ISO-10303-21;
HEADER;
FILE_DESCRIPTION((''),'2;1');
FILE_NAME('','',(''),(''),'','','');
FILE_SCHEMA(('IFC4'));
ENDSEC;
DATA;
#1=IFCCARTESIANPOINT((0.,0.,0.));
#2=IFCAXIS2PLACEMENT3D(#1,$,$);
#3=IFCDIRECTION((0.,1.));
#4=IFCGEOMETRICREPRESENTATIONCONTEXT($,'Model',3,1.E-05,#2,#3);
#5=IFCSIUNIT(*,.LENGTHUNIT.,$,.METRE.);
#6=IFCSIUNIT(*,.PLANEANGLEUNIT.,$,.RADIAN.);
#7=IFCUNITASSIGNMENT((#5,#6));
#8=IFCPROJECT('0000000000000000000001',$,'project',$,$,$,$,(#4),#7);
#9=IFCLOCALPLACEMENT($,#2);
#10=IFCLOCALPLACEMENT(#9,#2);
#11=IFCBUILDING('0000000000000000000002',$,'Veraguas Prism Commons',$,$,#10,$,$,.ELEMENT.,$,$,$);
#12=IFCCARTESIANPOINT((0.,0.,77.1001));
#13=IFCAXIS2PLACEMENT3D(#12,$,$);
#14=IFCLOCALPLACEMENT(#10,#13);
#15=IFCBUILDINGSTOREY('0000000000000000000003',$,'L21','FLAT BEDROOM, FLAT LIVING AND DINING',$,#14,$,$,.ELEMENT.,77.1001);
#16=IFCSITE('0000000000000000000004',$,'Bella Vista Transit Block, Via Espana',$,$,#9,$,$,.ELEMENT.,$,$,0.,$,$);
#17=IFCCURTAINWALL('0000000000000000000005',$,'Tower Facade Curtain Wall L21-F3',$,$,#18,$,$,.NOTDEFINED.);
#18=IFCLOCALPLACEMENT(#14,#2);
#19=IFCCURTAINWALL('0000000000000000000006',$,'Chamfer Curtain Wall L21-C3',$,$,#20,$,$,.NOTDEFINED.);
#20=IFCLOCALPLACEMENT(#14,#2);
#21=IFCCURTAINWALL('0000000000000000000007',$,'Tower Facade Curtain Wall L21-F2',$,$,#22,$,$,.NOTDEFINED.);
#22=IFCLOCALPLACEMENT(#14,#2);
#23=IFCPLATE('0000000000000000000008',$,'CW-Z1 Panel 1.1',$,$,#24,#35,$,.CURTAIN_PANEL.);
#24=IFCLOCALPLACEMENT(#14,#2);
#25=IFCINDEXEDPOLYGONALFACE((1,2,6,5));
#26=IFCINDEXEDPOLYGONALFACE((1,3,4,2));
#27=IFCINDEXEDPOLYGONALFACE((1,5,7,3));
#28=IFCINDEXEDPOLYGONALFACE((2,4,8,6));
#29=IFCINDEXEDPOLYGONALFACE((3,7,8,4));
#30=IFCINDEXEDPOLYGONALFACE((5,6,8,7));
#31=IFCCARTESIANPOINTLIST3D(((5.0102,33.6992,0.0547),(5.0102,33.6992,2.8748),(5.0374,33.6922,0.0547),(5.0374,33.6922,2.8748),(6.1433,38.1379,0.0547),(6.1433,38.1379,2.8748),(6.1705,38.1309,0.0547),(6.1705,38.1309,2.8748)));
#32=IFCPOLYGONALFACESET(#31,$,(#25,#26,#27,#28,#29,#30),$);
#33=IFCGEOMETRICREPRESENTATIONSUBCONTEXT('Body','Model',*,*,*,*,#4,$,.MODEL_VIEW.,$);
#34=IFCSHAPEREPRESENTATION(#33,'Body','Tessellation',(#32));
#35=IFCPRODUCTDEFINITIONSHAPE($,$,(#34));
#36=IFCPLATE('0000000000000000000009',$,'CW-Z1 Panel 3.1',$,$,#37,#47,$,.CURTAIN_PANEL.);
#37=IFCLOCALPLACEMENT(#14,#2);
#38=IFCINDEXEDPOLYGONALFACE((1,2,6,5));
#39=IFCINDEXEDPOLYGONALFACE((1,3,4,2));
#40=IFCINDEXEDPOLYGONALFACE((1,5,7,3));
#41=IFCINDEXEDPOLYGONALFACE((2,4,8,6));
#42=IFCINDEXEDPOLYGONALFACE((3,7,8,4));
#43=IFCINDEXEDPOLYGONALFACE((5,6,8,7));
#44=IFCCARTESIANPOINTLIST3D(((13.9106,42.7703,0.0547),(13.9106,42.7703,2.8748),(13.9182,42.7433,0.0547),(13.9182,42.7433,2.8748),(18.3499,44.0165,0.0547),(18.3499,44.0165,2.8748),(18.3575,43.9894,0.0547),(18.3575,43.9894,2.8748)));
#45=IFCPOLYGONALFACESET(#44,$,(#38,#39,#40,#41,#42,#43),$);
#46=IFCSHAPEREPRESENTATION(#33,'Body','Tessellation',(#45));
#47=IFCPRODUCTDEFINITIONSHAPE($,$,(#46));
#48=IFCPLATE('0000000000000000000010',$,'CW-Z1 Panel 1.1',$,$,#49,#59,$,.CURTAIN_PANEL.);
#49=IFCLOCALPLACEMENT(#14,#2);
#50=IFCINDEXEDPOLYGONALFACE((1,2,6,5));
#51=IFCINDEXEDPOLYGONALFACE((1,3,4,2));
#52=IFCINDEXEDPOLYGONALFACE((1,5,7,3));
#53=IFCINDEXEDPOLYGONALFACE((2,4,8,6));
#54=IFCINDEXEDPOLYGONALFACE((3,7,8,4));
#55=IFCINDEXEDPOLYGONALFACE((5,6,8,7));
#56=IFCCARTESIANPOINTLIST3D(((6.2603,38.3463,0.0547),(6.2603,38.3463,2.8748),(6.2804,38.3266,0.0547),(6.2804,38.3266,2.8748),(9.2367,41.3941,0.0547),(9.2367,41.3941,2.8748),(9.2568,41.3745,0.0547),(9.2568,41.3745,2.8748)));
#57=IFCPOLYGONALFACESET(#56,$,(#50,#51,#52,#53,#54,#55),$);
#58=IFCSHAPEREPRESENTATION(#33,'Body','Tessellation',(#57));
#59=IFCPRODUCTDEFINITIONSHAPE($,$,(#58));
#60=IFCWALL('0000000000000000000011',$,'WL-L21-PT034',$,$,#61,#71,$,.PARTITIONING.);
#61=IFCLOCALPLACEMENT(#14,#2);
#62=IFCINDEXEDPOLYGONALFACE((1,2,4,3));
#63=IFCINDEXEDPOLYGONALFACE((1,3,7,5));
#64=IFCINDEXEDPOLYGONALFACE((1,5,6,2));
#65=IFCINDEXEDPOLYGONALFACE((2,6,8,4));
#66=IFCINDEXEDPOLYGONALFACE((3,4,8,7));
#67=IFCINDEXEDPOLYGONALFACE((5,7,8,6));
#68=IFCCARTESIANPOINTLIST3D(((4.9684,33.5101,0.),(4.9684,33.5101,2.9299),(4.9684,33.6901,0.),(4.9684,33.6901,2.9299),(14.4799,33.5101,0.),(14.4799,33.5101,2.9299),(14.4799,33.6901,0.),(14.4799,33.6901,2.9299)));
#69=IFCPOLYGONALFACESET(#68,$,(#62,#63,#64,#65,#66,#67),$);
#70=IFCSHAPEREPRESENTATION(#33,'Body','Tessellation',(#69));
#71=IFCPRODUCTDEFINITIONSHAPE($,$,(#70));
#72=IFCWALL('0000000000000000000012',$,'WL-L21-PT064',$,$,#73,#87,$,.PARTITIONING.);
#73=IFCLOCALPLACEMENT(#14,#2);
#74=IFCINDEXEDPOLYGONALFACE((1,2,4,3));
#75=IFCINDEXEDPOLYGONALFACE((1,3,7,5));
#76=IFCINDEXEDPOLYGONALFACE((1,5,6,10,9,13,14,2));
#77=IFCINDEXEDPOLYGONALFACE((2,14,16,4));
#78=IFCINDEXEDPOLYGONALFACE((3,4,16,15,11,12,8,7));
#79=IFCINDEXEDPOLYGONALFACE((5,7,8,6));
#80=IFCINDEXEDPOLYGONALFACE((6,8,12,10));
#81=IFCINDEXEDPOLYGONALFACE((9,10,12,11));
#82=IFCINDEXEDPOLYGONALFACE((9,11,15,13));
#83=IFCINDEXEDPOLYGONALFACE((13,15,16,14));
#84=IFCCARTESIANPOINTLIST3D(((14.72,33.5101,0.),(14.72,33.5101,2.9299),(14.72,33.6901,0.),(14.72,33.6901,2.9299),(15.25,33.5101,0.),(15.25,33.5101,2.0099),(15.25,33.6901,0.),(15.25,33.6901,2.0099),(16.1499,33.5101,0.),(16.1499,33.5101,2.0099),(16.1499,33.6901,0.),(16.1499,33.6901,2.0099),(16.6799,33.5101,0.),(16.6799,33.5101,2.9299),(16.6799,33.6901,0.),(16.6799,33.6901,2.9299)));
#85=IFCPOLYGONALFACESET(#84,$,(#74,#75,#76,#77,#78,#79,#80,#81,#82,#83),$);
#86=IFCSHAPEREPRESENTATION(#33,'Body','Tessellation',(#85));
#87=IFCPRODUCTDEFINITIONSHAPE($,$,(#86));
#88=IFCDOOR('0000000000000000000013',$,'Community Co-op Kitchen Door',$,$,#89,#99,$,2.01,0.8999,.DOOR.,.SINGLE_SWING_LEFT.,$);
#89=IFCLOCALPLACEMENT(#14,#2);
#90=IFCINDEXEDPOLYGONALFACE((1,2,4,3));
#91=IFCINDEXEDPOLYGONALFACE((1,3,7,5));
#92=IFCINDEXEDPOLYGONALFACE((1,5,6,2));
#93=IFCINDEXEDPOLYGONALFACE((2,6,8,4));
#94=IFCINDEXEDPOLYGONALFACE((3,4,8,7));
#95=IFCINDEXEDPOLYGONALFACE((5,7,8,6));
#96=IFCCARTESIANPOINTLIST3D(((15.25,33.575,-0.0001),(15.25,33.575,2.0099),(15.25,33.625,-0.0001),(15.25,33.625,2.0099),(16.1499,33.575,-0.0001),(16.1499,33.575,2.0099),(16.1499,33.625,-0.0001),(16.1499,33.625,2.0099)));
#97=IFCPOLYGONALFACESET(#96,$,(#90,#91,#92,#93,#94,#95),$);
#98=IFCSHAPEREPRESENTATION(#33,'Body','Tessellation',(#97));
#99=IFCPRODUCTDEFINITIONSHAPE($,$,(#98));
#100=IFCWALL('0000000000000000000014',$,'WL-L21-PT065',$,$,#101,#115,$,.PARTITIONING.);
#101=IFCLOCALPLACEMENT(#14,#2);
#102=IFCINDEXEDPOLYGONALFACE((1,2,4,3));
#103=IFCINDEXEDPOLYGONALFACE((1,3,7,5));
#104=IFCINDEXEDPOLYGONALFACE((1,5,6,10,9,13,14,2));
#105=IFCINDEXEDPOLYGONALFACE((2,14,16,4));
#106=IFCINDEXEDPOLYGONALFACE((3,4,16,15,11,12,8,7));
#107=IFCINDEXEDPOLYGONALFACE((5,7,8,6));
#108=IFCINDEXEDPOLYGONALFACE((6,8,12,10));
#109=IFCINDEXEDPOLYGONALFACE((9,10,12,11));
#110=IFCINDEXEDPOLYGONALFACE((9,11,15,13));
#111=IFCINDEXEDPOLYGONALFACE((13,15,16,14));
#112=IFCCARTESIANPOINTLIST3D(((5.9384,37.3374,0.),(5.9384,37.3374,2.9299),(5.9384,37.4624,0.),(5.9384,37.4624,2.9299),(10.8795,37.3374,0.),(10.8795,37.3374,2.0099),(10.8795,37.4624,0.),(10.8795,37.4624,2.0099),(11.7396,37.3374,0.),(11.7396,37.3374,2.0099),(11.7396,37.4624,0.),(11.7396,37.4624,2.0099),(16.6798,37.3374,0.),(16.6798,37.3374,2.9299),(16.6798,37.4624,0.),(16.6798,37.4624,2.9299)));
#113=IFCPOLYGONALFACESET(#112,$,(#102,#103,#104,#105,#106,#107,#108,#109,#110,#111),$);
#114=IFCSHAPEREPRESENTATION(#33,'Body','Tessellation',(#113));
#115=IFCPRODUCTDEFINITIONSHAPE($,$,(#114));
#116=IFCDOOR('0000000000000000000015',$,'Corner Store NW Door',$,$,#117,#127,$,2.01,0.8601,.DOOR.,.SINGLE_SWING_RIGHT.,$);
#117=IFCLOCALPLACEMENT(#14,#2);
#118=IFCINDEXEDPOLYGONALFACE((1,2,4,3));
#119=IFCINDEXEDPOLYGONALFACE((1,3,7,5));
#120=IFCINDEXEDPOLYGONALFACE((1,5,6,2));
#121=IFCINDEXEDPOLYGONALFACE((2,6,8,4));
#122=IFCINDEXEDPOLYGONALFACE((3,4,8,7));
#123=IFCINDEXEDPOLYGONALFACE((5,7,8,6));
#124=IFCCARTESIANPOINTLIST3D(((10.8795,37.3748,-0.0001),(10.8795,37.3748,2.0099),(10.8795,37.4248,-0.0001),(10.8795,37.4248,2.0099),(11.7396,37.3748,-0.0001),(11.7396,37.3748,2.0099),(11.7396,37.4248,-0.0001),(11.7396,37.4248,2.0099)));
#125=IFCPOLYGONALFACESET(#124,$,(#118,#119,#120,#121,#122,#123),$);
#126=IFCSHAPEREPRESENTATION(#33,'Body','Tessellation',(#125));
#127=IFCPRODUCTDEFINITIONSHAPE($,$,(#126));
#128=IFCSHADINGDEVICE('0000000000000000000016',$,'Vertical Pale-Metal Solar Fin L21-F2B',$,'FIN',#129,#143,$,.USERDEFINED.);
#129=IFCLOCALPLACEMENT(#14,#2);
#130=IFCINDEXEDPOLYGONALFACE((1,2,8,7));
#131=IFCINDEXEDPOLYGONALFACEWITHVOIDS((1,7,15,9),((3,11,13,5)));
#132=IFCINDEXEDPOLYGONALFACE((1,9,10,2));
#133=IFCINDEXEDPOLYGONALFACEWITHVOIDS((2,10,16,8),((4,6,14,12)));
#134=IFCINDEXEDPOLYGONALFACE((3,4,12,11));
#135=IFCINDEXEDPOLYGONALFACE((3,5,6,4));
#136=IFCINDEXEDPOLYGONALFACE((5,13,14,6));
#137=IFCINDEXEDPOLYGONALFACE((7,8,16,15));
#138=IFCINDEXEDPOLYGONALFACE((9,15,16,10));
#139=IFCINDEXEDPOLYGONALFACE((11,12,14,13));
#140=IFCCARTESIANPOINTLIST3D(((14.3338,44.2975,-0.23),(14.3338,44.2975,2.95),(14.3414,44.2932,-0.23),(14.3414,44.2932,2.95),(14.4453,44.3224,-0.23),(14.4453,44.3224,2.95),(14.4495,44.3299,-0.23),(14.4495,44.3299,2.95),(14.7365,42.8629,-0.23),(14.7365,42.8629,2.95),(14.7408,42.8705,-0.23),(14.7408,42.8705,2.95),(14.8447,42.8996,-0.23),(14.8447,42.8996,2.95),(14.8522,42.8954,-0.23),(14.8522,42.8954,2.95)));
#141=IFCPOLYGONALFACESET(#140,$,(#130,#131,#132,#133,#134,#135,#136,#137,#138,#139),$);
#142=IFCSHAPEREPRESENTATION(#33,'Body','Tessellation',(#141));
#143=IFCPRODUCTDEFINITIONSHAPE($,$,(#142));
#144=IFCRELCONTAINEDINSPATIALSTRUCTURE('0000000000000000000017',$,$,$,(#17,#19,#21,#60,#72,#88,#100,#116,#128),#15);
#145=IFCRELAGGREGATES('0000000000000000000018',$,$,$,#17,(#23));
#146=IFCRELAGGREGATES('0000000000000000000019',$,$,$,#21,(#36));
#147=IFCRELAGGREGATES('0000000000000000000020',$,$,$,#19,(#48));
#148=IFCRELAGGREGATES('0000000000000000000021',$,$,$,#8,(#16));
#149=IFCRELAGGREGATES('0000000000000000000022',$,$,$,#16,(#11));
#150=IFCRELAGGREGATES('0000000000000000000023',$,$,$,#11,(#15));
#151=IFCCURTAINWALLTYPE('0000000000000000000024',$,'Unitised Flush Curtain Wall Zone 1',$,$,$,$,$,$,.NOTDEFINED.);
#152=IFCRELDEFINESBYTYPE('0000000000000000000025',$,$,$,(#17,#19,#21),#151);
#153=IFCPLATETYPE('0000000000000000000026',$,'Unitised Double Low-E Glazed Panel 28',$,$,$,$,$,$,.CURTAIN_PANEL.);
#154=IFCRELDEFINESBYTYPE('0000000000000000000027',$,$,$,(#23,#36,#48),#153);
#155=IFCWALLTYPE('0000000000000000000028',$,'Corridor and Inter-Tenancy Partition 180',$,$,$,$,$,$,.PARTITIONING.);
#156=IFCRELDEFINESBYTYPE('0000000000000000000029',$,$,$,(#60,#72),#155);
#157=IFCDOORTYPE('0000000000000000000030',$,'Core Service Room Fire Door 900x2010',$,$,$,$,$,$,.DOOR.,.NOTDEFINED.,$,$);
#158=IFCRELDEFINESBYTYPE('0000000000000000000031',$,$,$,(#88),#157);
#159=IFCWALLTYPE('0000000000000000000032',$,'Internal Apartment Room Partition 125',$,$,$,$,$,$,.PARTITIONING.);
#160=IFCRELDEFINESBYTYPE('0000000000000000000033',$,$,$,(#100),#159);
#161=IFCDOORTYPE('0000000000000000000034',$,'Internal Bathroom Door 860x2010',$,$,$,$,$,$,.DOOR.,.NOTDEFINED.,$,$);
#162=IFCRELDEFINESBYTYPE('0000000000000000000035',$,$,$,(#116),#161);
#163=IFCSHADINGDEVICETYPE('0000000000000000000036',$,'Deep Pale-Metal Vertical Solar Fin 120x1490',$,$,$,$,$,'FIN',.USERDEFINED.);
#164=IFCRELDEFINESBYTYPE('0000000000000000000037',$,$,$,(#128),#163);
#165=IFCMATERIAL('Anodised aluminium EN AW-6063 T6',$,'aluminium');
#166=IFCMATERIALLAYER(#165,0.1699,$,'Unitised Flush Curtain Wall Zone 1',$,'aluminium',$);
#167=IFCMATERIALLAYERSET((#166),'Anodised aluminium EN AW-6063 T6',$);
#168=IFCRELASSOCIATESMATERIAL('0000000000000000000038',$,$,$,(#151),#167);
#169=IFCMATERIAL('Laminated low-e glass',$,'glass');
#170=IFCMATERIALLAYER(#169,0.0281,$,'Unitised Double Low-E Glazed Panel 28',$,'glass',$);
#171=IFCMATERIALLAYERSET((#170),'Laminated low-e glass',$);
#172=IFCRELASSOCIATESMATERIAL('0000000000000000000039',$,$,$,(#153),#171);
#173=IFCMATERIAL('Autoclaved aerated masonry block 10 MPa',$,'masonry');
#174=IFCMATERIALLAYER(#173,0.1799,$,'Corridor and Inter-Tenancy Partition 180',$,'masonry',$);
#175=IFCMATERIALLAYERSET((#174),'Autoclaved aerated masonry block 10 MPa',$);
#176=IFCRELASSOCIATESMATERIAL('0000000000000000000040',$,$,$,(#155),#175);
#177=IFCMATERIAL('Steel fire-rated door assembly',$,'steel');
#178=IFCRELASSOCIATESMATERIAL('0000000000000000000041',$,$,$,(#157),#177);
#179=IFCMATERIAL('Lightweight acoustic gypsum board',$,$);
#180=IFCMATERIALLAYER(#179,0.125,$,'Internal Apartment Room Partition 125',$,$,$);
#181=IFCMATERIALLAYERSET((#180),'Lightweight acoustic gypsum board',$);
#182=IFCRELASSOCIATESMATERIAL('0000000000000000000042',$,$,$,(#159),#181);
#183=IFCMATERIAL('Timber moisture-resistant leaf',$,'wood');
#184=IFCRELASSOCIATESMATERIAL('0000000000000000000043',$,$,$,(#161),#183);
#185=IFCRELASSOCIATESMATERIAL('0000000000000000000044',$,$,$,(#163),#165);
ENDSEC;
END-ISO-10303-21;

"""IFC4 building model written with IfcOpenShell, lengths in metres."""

from ifc_helpers import new_model, si_unit, direction, frame, frame_2d, origin, origin_2d, place, context, subcontext, project, spatial, rectangle, hollow_rectangle, extrude, source, transform, mapped, material, layer, layer_set, material_profile, profile_set, type_object, element, fill, aggregate, save


model = new_model("IFC4")

# Units and contexts
model_context = context("Model", 3, precision=1e-05, world=origin(), true_north=direction((0.0, 1.0)))
body_context = subcontext(model_context, "Body", "Model", "MODEL_VIEW")
ifc_project = project(units=[si_unit("LENGTHUNIT", "METRE"), si_unit("PLANEANGLEUNIT", "RADIAN")], contexts=[model_context])

# Site, building, storey
site_placement = place(None, origin())
site = spatial("IfcSite", under=ifc_project, at=site_placement, Name="Bella Vista Transit Block, Via Espana", CompositionType="ELEMENT", RefElevation=0.0)
building_placement = place(site_placement, origin())
building = spatial("IfcBuilding", under=site, at=building_placement, Name="Veraguas Prism Commons", CompositionType="ELEMENT")
storey_placement = place(building_placement, frame((0.0, 0.0, 77.1001)))
storey = spatial("IfcBuildingStorey", under=building, at=storey_placement, Name="L21", Description="FLAT BEDROOM, FLAT LIVING AND DINING", CompositionType="ELEMENT", Elevation=77.1001)

# Curtain walls
ifc_material_1 = material(Name="Anodised aluminium EN AW-6063 T6", Category="aluminium")
ifc_layer_1 = layer(ifc_material_1, 0.1699, Name="Unitised Flush Curtain Wall Zone 1", Category="aluminium")
ifc_layer_set_1 = layer_set([ifc_layer_1], Name="Anodised aluminium EN AW-6063 T6")
curtain_wall_type = type_object("IfcCurtainWallType", Name="Unitised Flush Curtain Wall Zone 1", PredefinedType="NOTDEFINED", material=ifc_layer_set_1)
curtain_wall_1_placement = place(storey_placement, origin())
curtain_wall_1 = element("IfcCurtainWall", 1, at=curtain_wall_1_placement, inside=storey, type_object=curtain_wall_type, Name="Tower Facade Curtain Wall L21-F3", PredefinedType="NOTDEFINED")
curtain_wall_2_placement = place(storey_placement, origin())
curtain_wall_2 = element("IfcCurtainWall", 2, at=curtain_wall_2_placement, inside=storey, type_object=curtain_wall_type, Name="Chamfer Curtain Wall L21-C3", PredefinedType="NOTDEFINED")
curtain_wall_3_placement = place(storey_placement, origin())
curtain_wall_3 = element("IfcCurtainWall", 3, at=curtain_wall_3_placement, inside=storey, type_object=curtain_wall_type, Name="Tower Facade Curtain Wall L21-F2", PredefinedType="NOTDEFINED")

# Plates
ifc_material_2 = material(Name="Laminated low-e glass", Category="glass")
ifc_layer_2 = layer(ifc_material_2, 0.0281, Name="Unitised Double Low-E Glazed Panel 28", Category="glass")
ifc_layer_set_2 = layer_set([ifc_layer_2], Name="Laminated low-e glass")
plate_type = type_object("IfcPlateType", Name="Unitised Double Low-E Glazed Panel 28", PredefinedType="CURTAIN_PANEL", material=ifc_layer_set_2)
shared_shape_1 = source(origin(), body_context, "Body", "SweptSolid", [
    extrude(rectangle(XDim=4.5811, YDim=0.0281, at=origin_2d()), origin(), (0.0, 0.0, 1.0), 2.8201),
])
plate_1_placement = place(storey_placement, frame((5.5903, 35.915, 0.0547), z_axis=(0.0, 0.0, 1.0), x_axis=(-0.247341, -0.968929, 0.0)))
plate_1 = element("IfcPlate", 4, at=plate_1_placement, type_object=plate_type, Name="CW-Z1 Panel 1.1", PredefinedType="CURTAIN_PANEL", context=body_context, shape_type="MappedRepresentation", body=[
    mapped(shared_shape_1, transform((0.0, 0.0, 0.0), scale=1.0)),
])
aggregate(curtain_wall_1, [plate_1])
shared_shape_2 = source(origin(), body_context, "Body", "SweptSolid", [
    extrude(rectangle(XDim=4.6108, YDim=0.0281, at=origin_2d()), origin(), (0.0, 0.0, 1.0), 2.8201),
])
plate_2_placement = place(storey_placement, frame((16.134, 43.3799, 0.0547), z_axis=(0.0, 0.0, 1.0), x_axis=(-0.962786, -0.270266, 0.0)))
plate_2 = element("IfcPlate", 5, at=plate_2_placement, type_object=plate_type, Name="CW-Z1 Panel 3.1", PredefinedType="CURTAIN_PANEL", context=body_context, shape_type="MappedRepresentation", body=[
    mapped(shared_shape_2, transform((0.0, 0.0, 0.0), scale=1.0)),
])
aggregate(curtain_wall_3, [plate_2])
shared_shape_3 = source(origin(), body_context, "Body", "SweptSolid", [
    extrude(rectangle(XDim=4.26, YDim=0.0281, at=origin_2d()), origin(), (0.0, 0.0, 1.0), 2.8201),
])
plate_3_placement = place(storey_placement, frame((7.7585, 39.8604, 0.0547), z_axis=(0.0, 0.0, 1.0), x_axis=(-0.698666, -0.715448, 0.0)))
plate_3 = element("IfcPlate", 6, at=plate_3_placement, type_object=plate_type, Name="CW-Z1 Panel 1.1", PredefinedType="CURTAIN_PANEL", context=body_context, shape_type="MappedRepresentation", body=[
    mapped(shared_shape_3, transform((0.0, 0.0, 0.0), scale=1.0)),
])
aggregate(curtain_wall_2, [plate_3])

# Wall
ifc_material_3 = material(Name="Autoclaved aerated masonry block 10 MPa", Category="masonry")
ifc_layer_3 = layer(ifc_material_3, 0.1799, Name="Corridor and Inter-Tenancy Partition 180", Category="masonry")
ifc_layer_set_3 = layer_set([ifc_layer_3], Name="Autoclaved aerated masonry block 10 MPa")
wall_type_1 = type_object("IfcWallType", Name="Corridor and Inter-Tenancy Partition 180", PredefinedType="PARTITIONING", material=ifc_layer_set_3)
wall_1_placement = place(storey_placement, frame((14.48, 33.6001, 0.0), z_axis=(0.0, 0.0, 1.0), x_axis=(-1.0, 0.0, 0.0)))
element("IfcWall", 7, at=wall_1_placement, inside=storey, type_object=wall_type_1, Name="WL-L21-PT034", PredefinedType="PARTITIONING", context=body_context, shape_type="SweptSolid", body=[
    extrude(rectangle(XDim=9.5115, YDim=0.1799, at=frame_2d((4.7559, 0.0))), origin(), (0.0, 0.0, 1.0), 2.9299),
])

# Walls, openings, doors
wall_2_placement = place(storey_placement, frame((14.72, 33.6001, 0.0), z_axis=(0.0, 0.0, 1.0), x_axis=(1.0, 0.0, 0.0)))
wall_2 = element("IfcWall", 8, at=wall_2_placement, inside=storey, type_object=wall_type_1, Name="WL-L21-PT064", PredefinedType="PARTITIONING", context=body_context, shape_type="SweptSolid", body=[
    extrude(rectangle(XDim=1.96, YDim=0.1799, at=frame_2d((0.98, 0.0))), origin(), (0.0, 0.0, 1.0), 2.9299),
])
opening_1_placement = place(wall_2_placement, frame((0.53, 0.0, 0.0)))
opening_1 = element("IfcOpeningElement", 9, at=opening_1_placement, cuts=wall_2, PredefinedType="OPENING", context=body_context, shape_type="SweptSolid", body=[
    extrude(rectangle(XDim=0.8999, YDim=2.01, at=frame_2d((0.45, 1.0049))), frame((0.0, 0.0999, 0.0), z_axis=(0.0, -1.0, 0.0), x_axis=(1.0, 0.0, 0.0)), (0.0, 0.0, 1.0), 0.2),
])
ifc_material_4 = material(Name="Steel fire-rated door assembly", Category="steel")
door_type_1 = type_object("IfcDoorType", Name="Core Service Room Fire Door 900x2010", OperationType="NOTDEFINED", PredefinedType="DOOR", material=ifc_material_4)
shared_shape_4 = source(origin(), body_context, "Body", "SweptSolid", [
    extrude(rectangle(XDim=0.8999, YDim=2.01, at=frame_2d((0.45, 1.0049))), frame((0.0, 0.0249, 0.0), z_axis=(0.0, -1.0, 0.0), x_axis=(1.0, 0.0, 0.0)), (0.0, 0.0, 1.0), 0.05),
])
door_1_placement = place(opening_1_placement, origin())
door_1 = element("IfcDoor", 10, at=door_1_placement, inside=storey, type_object=door_type_1, Name="Community Co-op Kitchen Door", OperationType="SINGLE_SWING_LEFT", OverallHeight=2.01, OverallWidth=0.8999, PredefinedType="DOOR", context=body_context, shape_type="MappedRepresentation", body=[
    mapped(shared_shape_4, transform((0.0, 0.0, 0.0), scale=1.0)),
])
fill(opening_1, door_1)
ifc_material_5 = material(Name="Lightweight acoustic gypsum board")
ifc_layer_4 = layer(ifc_material_5, 0.125, Name="Internal Apartment Room Partition 125")
ifc_layer_set_4 = layer_set([ifc_layer_4], Name="Lightweight acoustic gypsum board")
wall_type_2 = type_object("IfcWallType", Name="Internal Apartment Room Partition 125", PredefinedType="PARTITIONING", material=ifc_layer_set_4)
wall_3_placement = place(storey_placement, frame((5.9385, 37.3999, 0.0), z_axis=(0.0, 0.0, 1.0), x_axis=(1.0, 0.0, 0.0)))
wall_3 = element("IfcWall", 11, at=wall_3_placement, inside=storey, type_object=wall_type_2, Name="WL-L21-PT065", PredefinedType="PARTITIONING", context=body_context, shape_type="SweptSolid", body=[
    extrude(rectangle(XDim=10.7415, YDim=0.125, at=frame_2d((5.3706, 0.0))), origin(), (0.0, 0.0, 1.0), 2.9299),
])
opening_2_placement = place(wall_3_placement, frame((4.9409, 0.0, 0.0)))
opening_2 = element("IfcOpeningElement", 12, at=opening_2_placement, cuts=wall_3, PredefinedType="OPENING", context=body_context, shape_type="SweptSolid", body=[
    extrude(rectangle(XDim=0.8601, YDim=2.01, at=frame_2d((0.4302, 1.0049))), frame((0.0, 0.0725, 0.0), z_axis=(0.0, -1.0, 0.0), x_axis=(1.0, 0.0, 0.0)), (0.0, 0.0, 1.0), 0.145),
])
ifc_material_6 = material(Name="Timber moisture-resistant leaf", Category="wood")
door_type_2 = type_object("IfcDoorType", Name="Internal Bathroom Door 860x2010", OperationType="NOTDEFINED", PredefinedType="DOOR", material=ifc_material_6)
shared_shape_5 = source(origin(), body_context, "Body", "SweptSolid", [
    extrude(rectangle(XDim=0.8601, YDim=2.01, at=frame_2d((0.4302, 1.0049))), frame((0.0, 0.0249, 0.0), z_axis=(0.0, -1.0, 0.0), x_axis=(1.0, 0.0, 0.0)), (0.0, 0.0, 1.0), 0.05),
])
door_2_placement = place(opening_2_placement, origin())
door_2 = element("IfcDoor", 13, at=door_2_placement, inside=storey, type_object=door_type_2, Name="Corner Store NW Door", OperationType="SINGLE_SWING_RIGHT", OverallHeight=2.01, OverallWidth=0.8601, PredefinedType="DOOR", context=body_context, shape_type="MappedRepresentation", body=[
    mapped(shared_shape_5, transform((0.0, 0.0, 0.0), scale=1.0)),
])
fill(opening_2, door_2)

# Shading device
ifc_material_profile_1 = material_profile(ifc_material_1, hollow_rectangle(XDim=0.1201, YDim=1.49, WallThickness=0.0061, at=origin_2d()), Name="FIN120X1490X6")
ifc_profile_set_1 = profile_set([ifc_material_profile_1], Name="Anodised aluminium EN AW-6063 T6")
shading_device_type = type_object("IfcShadingDeviceType", Name="Deep Pale-Metal Vertical Solar Fin 120x1490", ElementType="FIN", PredefinedType="USERDEFINED", material=ifc_profile_set_1)
shading_device_placement = place(storey_placement, frame((14.593, 43.5964, -0.23), z_axis=(0.0, 0.0, 1.0), x_axis=(-0.962786, -0.270264, 0.0)))
element("IfcShadingDevice", 14, at=shading_device_placement, inside=storey, type_object=shading_device_type, Name="Vertical Pale-Metal Solar Fin L21-F2B", ObjectType="FIN", PredefinedType="USERDEFINED", context=body_context, shape_type="SweptSolid", body=[
    extrude(hollow_rectangle(XDim=0.1201, YDim=1.49, WallThickness=0.0061, at=origin_2d()), origin(), (0.0, 0.0, 1.0), 3.1799),
])

save(model, "model.ifc")
